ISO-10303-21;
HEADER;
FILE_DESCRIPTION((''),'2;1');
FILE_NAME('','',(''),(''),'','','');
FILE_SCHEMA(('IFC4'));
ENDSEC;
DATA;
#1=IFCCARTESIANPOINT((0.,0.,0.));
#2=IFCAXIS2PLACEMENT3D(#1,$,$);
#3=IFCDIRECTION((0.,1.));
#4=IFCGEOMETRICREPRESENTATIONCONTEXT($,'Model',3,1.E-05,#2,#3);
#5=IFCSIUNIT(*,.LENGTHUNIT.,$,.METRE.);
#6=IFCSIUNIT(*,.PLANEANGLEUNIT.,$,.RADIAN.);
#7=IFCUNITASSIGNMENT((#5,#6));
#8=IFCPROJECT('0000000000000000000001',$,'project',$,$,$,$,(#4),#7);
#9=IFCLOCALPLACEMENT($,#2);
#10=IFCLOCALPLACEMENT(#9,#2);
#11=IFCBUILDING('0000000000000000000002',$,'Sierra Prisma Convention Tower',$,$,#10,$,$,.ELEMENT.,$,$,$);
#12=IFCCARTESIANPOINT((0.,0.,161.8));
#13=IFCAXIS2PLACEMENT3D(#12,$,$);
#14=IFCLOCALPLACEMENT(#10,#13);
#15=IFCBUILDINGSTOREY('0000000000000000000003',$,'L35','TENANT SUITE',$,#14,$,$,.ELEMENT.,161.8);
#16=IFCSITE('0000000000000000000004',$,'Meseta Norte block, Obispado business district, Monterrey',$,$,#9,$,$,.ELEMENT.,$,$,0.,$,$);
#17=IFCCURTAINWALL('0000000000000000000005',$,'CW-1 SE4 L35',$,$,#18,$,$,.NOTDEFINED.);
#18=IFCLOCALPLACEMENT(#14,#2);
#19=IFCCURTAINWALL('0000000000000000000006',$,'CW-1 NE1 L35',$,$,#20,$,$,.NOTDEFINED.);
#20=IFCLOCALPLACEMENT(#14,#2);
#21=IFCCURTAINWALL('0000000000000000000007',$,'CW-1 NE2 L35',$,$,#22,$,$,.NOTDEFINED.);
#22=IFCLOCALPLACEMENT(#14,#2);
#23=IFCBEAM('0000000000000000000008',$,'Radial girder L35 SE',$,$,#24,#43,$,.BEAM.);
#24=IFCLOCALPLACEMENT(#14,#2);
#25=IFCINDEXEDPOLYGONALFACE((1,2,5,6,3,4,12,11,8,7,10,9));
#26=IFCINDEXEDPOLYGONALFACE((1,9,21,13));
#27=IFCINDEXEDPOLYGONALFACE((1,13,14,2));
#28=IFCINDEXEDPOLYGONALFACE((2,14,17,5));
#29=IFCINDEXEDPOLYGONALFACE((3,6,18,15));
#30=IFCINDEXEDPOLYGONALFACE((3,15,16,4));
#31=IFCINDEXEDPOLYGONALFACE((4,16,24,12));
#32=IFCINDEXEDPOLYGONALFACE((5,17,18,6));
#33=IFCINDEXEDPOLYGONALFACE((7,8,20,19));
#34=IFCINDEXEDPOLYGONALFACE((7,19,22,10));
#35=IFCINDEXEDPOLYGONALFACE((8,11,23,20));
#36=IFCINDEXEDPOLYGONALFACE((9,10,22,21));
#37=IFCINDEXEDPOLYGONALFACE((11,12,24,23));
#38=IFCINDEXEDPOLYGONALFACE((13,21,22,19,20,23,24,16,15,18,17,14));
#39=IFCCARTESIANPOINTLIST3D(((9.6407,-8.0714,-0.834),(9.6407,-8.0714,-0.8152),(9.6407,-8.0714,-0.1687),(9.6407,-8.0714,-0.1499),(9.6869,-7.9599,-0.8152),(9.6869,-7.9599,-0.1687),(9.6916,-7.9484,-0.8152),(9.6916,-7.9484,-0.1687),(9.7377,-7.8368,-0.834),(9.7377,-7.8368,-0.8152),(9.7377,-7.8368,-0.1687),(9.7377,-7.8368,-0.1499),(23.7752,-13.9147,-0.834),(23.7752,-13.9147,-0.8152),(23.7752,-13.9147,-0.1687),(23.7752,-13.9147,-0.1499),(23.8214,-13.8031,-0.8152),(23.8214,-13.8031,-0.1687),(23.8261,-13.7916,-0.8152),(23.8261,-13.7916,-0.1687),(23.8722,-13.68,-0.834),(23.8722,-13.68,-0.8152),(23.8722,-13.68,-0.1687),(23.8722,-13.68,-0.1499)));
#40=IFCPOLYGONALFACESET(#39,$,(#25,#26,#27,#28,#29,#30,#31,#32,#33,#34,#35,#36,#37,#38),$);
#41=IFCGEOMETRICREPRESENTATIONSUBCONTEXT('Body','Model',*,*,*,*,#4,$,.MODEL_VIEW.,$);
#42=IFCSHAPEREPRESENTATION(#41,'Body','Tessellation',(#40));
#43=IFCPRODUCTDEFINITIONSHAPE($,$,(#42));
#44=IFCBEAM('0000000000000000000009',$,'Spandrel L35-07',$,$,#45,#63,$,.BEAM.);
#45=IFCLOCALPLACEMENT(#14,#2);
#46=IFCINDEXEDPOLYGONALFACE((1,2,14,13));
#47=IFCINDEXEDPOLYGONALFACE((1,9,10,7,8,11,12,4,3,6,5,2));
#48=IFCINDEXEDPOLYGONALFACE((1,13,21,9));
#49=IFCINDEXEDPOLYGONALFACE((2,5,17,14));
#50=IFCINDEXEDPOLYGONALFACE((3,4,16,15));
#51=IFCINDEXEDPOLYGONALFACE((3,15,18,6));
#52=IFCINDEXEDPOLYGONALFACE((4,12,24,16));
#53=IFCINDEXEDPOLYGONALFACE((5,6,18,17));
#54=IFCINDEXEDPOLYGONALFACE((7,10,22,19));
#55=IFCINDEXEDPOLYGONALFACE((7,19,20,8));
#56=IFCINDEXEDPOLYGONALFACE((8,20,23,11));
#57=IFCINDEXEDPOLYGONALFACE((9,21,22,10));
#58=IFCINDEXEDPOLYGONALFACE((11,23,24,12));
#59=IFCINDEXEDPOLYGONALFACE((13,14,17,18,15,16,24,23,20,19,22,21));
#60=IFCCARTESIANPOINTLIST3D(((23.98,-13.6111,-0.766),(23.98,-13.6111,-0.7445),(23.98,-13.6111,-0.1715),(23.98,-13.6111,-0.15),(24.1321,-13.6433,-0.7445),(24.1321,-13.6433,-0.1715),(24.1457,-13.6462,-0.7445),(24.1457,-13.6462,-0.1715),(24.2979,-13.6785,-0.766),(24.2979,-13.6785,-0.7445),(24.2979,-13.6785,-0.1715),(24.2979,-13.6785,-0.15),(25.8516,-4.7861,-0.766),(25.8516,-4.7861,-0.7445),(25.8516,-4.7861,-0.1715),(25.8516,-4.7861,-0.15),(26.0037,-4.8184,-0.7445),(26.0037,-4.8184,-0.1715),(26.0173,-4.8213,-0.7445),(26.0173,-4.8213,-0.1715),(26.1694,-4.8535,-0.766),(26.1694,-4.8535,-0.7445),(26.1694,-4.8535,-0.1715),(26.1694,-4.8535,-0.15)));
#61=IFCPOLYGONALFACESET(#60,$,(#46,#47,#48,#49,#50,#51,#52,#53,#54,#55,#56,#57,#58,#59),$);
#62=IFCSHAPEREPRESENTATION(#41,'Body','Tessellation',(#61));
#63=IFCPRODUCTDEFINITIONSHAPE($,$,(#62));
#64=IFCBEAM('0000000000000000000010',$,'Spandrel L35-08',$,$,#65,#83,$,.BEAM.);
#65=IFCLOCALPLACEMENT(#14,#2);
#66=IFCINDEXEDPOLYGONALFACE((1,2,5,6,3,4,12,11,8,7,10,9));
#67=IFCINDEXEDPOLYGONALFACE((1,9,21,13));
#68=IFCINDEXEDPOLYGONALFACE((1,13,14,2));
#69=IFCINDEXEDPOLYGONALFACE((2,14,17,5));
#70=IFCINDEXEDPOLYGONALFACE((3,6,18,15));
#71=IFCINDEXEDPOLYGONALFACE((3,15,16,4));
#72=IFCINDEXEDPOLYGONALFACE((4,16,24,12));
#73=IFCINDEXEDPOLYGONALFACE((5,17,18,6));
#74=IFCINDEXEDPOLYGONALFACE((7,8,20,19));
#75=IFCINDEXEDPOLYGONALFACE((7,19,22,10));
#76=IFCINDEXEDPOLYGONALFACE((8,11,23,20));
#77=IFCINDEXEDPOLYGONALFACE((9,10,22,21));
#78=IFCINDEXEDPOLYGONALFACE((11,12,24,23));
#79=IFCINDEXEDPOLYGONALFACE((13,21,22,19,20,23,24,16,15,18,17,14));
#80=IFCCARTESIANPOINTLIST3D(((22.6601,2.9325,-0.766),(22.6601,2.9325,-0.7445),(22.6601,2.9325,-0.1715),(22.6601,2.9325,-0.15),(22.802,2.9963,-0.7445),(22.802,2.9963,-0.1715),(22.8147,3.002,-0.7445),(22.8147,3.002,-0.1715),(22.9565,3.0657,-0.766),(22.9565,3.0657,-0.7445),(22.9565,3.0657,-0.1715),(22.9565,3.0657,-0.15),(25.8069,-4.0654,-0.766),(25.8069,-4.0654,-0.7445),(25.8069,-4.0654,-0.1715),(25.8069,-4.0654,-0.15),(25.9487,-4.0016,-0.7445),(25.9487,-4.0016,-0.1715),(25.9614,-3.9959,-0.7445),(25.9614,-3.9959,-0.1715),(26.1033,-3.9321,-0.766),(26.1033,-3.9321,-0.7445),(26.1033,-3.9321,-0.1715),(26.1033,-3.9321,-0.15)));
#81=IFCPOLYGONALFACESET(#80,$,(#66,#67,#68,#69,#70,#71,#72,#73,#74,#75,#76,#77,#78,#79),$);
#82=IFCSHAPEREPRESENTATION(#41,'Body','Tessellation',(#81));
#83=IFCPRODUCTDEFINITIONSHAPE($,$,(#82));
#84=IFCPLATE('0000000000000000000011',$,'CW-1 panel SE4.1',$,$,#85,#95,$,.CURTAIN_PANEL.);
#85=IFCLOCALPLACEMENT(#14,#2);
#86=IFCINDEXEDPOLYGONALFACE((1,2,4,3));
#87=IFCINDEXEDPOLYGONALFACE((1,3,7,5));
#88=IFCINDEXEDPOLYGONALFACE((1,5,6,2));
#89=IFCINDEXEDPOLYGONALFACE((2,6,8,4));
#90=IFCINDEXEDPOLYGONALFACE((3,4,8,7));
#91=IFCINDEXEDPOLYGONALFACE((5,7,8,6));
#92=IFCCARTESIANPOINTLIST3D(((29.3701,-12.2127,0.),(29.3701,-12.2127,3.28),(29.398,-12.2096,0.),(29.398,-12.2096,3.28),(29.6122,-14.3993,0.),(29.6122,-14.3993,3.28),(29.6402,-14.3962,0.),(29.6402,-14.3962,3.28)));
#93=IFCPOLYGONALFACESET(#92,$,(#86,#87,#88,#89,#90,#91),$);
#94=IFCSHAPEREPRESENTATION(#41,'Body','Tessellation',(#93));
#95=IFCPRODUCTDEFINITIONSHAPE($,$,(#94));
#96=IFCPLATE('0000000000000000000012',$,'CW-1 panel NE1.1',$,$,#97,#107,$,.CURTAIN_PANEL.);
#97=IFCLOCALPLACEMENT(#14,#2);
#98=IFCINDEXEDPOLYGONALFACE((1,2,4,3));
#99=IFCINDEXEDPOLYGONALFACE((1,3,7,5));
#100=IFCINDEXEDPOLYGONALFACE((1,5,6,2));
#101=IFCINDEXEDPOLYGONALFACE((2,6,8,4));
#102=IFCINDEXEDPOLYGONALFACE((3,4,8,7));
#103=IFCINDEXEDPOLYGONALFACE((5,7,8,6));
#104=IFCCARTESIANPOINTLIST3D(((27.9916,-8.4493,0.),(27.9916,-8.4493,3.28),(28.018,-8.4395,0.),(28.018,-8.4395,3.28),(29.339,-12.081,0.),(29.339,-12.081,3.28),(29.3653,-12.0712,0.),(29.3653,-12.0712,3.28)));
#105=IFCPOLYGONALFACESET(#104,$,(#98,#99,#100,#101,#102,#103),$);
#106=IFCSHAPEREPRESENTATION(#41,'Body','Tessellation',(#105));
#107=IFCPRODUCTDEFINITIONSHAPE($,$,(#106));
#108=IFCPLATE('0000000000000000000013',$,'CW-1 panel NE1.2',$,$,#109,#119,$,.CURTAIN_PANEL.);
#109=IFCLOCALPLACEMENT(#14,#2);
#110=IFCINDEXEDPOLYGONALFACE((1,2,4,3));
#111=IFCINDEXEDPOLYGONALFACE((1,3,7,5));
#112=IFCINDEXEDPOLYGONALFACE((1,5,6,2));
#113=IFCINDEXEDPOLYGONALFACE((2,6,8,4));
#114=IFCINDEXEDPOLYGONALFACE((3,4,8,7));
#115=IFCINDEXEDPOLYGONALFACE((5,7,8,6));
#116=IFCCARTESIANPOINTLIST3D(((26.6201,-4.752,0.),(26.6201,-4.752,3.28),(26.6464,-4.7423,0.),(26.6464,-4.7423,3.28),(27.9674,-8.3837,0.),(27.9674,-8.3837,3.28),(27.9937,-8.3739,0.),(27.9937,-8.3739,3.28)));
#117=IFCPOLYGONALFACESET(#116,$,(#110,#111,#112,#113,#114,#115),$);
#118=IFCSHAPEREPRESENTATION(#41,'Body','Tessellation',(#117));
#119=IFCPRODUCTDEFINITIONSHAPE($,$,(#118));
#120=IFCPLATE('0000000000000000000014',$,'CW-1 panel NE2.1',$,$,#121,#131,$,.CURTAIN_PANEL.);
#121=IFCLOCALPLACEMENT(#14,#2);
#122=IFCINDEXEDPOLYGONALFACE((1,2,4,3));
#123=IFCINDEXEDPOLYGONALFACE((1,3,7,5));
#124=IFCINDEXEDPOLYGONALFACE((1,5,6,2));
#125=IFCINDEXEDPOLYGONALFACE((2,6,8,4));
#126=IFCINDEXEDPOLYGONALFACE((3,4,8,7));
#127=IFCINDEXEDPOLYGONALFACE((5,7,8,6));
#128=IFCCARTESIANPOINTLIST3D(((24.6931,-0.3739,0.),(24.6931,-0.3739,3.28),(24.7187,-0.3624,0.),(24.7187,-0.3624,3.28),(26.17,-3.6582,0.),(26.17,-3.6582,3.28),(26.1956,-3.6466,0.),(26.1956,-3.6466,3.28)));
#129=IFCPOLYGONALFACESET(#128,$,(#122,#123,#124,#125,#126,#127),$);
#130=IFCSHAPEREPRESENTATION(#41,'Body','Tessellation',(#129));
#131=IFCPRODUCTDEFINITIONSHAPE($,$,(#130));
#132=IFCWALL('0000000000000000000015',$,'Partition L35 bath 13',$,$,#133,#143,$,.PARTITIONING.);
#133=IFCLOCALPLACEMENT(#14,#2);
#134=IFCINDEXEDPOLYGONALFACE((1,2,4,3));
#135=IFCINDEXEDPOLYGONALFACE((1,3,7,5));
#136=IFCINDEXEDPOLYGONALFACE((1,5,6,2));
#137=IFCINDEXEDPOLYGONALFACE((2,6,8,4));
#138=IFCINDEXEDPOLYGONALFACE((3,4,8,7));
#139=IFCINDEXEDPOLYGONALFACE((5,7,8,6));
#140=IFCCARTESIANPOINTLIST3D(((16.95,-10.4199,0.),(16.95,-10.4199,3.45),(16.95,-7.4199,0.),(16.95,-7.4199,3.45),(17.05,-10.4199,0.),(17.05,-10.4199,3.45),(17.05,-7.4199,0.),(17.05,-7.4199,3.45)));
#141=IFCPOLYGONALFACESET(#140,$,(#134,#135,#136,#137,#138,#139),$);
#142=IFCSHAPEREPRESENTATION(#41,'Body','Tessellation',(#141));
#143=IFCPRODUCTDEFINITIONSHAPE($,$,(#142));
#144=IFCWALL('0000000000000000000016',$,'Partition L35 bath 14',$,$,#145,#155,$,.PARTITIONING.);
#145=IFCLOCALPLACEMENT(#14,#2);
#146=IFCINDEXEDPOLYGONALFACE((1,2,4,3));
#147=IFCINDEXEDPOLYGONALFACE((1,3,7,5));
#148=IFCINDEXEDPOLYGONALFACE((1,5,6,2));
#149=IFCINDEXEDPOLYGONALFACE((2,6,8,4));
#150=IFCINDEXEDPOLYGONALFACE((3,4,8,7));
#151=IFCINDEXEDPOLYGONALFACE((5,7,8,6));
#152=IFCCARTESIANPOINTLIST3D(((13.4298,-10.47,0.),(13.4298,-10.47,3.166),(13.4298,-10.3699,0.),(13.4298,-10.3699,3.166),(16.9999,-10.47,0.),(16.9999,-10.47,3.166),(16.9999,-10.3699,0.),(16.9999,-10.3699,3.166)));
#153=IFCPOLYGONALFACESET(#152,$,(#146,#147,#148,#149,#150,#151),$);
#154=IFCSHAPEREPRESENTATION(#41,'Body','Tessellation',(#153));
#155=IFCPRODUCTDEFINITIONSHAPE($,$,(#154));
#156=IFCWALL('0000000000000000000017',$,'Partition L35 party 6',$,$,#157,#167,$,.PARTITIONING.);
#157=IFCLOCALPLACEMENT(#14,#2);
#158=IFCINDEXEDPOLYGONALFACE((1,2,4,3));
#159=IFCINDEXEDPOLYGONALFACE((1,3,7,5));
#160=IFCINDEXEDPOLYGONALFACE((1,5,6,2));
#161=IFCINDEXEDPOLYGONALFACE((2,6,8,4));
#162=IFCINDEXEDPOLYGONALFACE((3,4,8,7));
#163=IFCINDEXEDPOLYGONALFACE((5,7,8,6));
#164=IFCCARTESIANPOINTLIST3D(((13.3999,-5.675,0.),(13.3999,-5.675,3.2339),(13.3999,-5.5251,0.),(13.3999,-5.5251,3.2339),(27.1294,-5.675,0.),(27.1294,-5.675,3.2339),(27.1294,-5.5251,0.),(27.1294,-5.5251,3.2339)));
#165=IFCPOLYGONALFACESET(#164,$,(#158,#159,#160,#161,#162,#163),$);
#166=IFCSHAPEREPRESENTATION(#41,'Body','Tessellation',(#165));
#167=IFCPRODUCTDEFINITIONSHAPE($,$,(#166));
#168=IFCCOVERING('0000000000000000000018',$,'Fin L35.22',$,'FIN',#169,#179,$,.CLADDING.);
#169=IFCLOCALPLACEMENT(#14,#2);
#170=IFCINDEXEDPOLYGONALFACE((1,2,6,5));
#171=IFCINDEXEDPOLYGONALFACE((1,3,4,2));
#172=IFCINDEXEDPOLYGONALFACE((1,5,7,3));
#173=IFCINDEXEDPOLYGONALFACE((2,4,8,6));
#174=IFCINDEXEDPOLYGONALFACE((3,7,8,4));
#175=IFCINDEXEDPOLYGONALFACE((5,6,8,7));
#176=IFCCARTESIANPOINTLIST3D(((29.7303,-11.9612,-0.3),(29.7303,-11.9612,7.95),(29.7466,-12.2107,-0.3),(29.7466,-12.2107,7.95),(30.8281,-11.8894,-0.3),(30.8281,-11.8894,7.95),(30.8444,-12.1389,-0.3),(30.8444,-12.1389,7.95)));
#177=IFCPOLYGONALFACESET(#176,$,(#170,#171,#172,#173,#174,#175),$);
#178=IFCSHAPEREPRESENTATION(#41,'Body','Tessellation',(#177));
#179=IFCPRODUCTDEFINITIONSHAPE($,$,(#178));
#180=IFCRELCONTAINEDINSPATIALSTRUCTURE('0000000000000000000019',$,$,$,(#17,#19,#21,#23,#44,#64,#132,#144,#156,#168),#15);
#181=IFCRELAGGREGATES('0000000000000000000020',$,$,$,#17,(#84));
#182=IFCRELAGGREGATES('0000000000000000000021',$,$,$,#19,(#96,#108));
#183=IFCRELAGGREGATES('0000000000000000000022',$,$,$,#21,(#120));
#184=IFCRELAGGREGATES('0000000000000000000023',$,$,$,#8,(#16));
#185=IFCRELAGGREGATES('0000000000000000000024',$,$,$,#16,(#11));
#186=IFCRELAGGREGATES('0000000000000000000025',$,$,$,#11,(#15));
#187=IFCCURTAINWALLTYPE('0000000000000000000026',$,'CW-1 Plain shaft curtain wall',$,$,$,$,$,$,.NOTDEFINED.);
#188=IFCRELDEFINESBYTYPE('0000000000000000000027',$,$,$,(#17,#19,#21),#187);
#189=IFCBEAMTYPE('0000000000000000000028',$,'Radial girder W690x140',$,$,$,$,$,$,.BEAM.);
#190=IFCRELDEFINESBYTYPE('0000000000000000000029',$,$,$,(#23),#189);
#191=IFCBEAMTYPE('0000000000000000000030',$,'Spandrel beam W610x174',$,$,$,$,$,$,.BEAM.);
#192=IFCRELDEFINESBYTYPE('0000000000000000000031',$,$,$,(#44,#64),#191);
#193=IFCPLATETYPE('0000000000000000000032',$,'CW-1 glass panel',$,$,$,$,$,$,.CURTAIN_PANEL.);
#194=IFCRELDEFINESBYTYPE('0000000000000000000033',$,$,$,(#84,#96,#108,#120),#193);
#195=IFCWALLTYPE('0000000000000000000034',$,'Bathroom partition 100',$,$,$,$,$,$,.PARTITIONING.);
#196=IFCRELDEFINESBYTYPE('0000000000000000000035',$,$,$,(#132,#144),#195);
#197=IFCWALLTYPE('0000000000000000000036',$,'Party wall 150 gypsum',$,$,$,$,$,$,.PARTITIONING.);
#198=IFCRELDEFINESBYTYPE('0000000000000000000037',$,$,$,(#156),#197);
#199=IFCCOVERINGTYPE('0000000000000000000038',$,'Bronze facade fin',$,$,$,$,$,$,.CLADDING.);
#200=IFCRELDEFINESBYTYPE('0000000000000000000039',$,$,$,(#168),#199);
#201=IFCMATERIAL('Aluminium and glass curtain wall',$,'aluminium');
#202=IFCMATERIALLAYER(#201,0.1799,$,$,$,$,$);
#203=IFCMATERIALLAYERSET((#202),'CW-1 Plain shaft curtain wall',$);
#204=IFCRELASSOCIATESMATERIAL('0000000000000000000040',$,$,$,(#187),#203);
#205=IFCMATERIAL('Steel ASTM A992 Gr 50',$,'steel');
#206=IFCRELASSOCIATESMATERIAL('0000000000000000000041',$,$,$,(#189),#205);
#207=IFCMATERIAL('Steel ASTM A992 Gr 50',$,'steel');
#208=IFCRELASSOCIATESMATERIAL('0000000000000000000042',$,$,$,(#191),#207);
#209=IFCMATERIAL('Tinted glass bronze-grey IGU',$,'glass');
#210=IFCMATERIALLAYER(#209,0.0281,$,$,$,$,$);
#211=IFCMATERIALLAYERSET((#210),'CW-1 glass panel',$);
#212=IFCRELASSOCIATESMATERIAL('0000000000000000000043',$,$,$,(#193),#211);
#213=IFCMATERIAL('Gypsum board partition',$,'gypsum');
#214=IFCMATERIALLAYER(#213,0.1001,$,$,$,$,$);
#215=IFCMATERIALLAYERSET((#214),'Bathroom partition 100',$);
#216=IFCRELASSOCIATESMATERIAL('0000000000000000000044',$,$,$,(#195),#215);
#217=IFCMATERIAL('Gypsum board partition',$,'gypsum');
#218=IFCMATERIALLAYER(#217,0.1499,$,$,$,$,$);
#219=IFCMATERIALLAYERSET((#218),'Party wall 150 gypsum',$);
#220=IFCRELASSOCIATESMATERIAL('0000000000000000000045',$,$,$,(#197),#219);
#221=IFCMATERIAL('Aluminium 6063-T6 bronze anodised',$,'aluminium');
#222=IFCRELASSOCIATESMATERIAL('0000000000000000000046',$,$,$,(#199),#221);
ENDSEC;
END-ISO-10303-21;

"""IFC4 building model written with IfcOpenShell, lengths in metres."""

from ifc_helpers import new_model, si_unit, direction, frame, frame_2d, origin, origin_2d, place, context, subcontext, project, spatial, rectangle, i_section, extrude, material, layer, layer_set, material_profile, profile_set, type_object, element, aggregate, save


model = new_model("IFC4")

# Units and contexts
model_context = context("Model", 3, precision=1e-05, world=origin(), true_north=direction((0.0, 1.0)))
body_context = subcontext(model_context, "Body", "Model", "MODEL_VIEW")
ifc_project = project(units=[si_unit("LENGTHUNIT", "METRE"), si_unit("PLANEANGLEUNIT", "RADIAN")], contexts=[model_context])

# Site, building, storey
site_placement = place(None, origin())
site = spatial("IfcSite", under=ifc_project, at=site_placement, Name="Meseta Norte block, Obispado business district, Monterrey", CompositionType="ELEMENT", RefElevation=0.0)
building_placement = place(site_placement, origin())
building = spatial("IfcBuilding", under=site, at=building_placement, Name="Sierra Prisma Convention Tower", CompositionType="ELEMENT")
storey_placement = place(building_placement, frame((0.0, 0.0, 161.8)))
storey = spatial("IfcBuildingStorey", under=building, at=storey_placement, Name="L35", Description="TENANT SUITE", CompositionType="ELEMENT", Elevation=161.8)

# Curtain wall
ifc_material_1 = material(Name="Aluminium and glass curtain wall", Category="aluminium")
ifc_layer_1 = layer(ifc_material_1, 0.1799)
ifc_layer_set_1 = layer_set([ifc_layer_1], Name="CW-1 Plain shaft curtain wall")
curtain_wall_type = type_object("IfcCurtainWallType", Name="CW-1 Plain shaft curtain wall", PredefinedType="NOTDEFINED", material=ifc_layer_set_1)
curtain_wall_1_placement = place(storey_placement, origin())
curtain_wall_1 = element("IfcCurtainWall", 1, at=curtain_wall_1_placement, inside=storey, type_object=curtain_wall_type, Name="CW-1 SE4 L35", PredefinedType="NOTDEFINED")

# Curtain wall
curtain_wall_2_placement = place(storey_placement, origin())
curtain_wall_2 = element("IfcCurtainWall", 2, at=curtain_wall_2_placement, inside=storey, type_object=curtain_wall_type, Name="CW-1 NE1 L35", PredefinedType="NOTDEFINED")

# Curtain wall
curtain_wall_3_placement = place(storey_placement, origin())
curtain_wall_3 = element("IfcCurtainWall", 3, at=curtain_wall_3_placement, inside=storey, type_object=curtain_wall_type, Name="CW-1 NE2 L35", PredefinedType="NOTDEFINED")

# Beams
ifc_material_2 = material(Name="Steel ASTM A992 Gr 50", Category="steel")
ifc_material_profile_1 = material_profile(ifc_material_2, i_section(OverallWidth=0.2539, OverallDepth=0.6841, WebThickness=0.0125, FlangeThickness=0.0188, at=origin_2d()), Name="W690x140")
ifc_profile_set_1 = profile_set([ifc_material_profile_1], Name="Steel ASTM A992 Gr 50")
beam_type_1 = type_object("IfcBeamType", Name="Radial girder W690x140", PredefinedType="BEAM", material=ifc_profile_set_1)
beam_1_placement = place(storey_placement, frame((23.8237, -13.7974, -0.4919), z_axis=(-0.924144, 0.382044, 0.0), x_axis=(-0.382044, -0.924144, 0.0)))
element("IfcBeam", 4, at=beam_1_placement, inside=storey, type_object=beam_type_1, Name="Radial girder L35 SE", PredefinedType="BEAM", context=body_context, shape_type="SweptSolid", body=[
    extrude(i_section(OverallWidth=0.2539, OverallDepth=0.6841, WebThickness=0.0125, FlangeThickness=0.0188, at=origin_2d()), origin(), (0.0, 0.0, 1.0), 15.2947),
])
ifc_material_3 = material(Name="Steel ASTM A992 Gr 50", Category="steel")
ifc_material_profile_2 = material_profile(ifc_material_3, i_section(OverallWidth=0.325, OverallDepth=0.616, WebThickness=0.0139, FlangeThickness=0.0215, at=origin_2d()), Name="W610x174")
ifc_profile_set_2 = profile_set([ifc_material_profile_2], Name="Steel ASTM A992 Gr 50")
beam_type_2 = type_object("IfcBeamType", Name="Spandrel beam W610x174", PredefinedType="BEAM", material=ifc_profile_set_2)
beam_2_placement = place(storey_placement, frame((24.1389, -13.6448, -0.458), z_axis=(0.207464, 0.978243, 0.0), x_axis=(-0.978243, 0.207464, 0.0)))
element("IfcBeam", 5, at=beam_2_placement, inside=storey, type_object=beam_type_2, Name="Spandrel L35-07", PredefinedType="BEAM", context=body_context, shape_type="SweptSolid", body=[
    extrude(i_section(OverallWidth=0.325, OverallDepth=0.616, WebThickness=0.0139, FlangeThickness=0.0215, at=origin_2d()), origin(), (0.0, 0.0, 1.0), 9.0212),
])
beam_3_placement = place(storey_placement, frame((25.9551, -3.9988, -0.458), z_axis=(-0.410117, 0.912033, 0.0), x_axis=(-0.912033, -0.410117, 0.0)))
element("IfcBeam", 6, at=beam_3_placement, inside=storey, type_object=beam_type_2, Name="Spandrel L35-08", PredefinedType="BEAM", context=body_context, shape_type="SweptSolid", body=[
    extrude(i_section(OverallWidth=0.325, OverallDepth=0.616, WebThickness=0.0139, FlangeThickness=0.0215, at=origin_2d()), origin(), (0.0, 0.0, 1.0), 7.6729),
])

# Plates
ifc_material_4 = material(Name="Tinted glass bronze-grey IGU", Category="glass")
ifc_layer_2 = layer(ifc_material_4, 0.0281)
ifc_layer_set_2 = layer_set([ifc_layer_2], Name="CW-1 glass panel")
plate_type = type_object("IfcPlateType", Name="CW-1 glass panel", PredefinedType="CURTAIN_PANEL", material=ifc_layer_set_2)
plate_1_placement = place(storey_placement, frame((29.5051, -13.3044, 0.0), z_axis=(0.0, 0.0, 1.0), x_axis=(-0.110068, 0.993924, 0.0)))
plate_1 = element("IfcPlate", 7, at=plate_1_placement, type_object=plate_type, Name="CW-1 panel SE4.1", PredefinedType="CURTAIN_PANEL", context=body_context, shape_type="SweptSolid", body=[
    extrude(rectangle(XDim=2.2, YDim=0.0281, at=origin_2d()), origin(), (0.0, 0.0, 1.0), 3.28),
])
aggregate(curtain_wall_1, [plate_1])
plate_2_placement = place(storey_placement, frame((28.6785, -10.2603, 0.0), z_axis=(0.0, 0.0, 1.0), x_axis=(-0.347831, 0.937557, 0.0)))
plate_2 = element("IfcPlate", 8, at=plate_2_placement, type_object=plate_type, Name="CW-1 panel NE1.1", PredefinedType="CURTAIN_PANEL", context=body_context, shape_type="SweptSolid", body=[
    extrude(rectangle(XDim=3.8735, YDim=0.0281, at=origin_2d()), origin(), (0.0, 0.0, 1.0), 3.28),
])
plate_3_placement = place(storey_placement, frame((27.3069, -6.563, 0.0), z_axis=(0.0, 0.0, 1.0), x_axis=(-0.347831, 0.937557, 0.0)))
plate_3 = element("IfcPlate", 9, at=plate_3_placement, type_object=plate_type, Name="CW-1 panel NE1.2", PredefinedType="CURTAIN_PANEL", context=body_context, shape_type="SweptSolid", body=[
    extrude(rectangle(XDim=3.8735, YDim=0.0281, at=origin_2d()), origin(), (0.0, 0.0, 1.0), 3.28),
])
aggregate(curtain_wall_2, [plate_2, plate_3])
plate_4_placement = place(storey_placement, frame((25.4443, -2.0103, 0.0), z_axis=(0.0, 0.0, 1.0), x_axis=(-0.410127, 0.912028, 0.0)))
plate_4 = element("IfcPlate", 10, at=plate_4_placement, type_object=plate_type, Name="CW-1 panel NE2.1", PredefinedType="CURTAIN_PANEL", context=body_context, shape_type="SweptSolid", body=[
    extrude(rectangle(XDim=3.6011, YDim=0.0281, at=origin_2d()), origin(), (0.0, 0.0, 1.0), 3.28),
])
aggregate(curtain_wall_3, [plate_4])

# Walls
ifc_material_5 = material(Name="Gypsum board partition", Category="gypsum")
ifc_layer_3 = layer(ifc_material_5, 0.1001)
ifc_layer_set_3 = layer_set([ifc_layer_3], Name="Bathroom partition 100")
wall_type_1 = type_object("IfcWallType", Name="Bathroom partition 100", PredefinedType="PARTITIONING", material=ifc_layer_set_3)
wall_1_placement = place(storey_placement, frame((17.0, -7.4199, 0.0), z_axis=(0.0, 0.0, 1.0), x_axis=(0.0, -1.0, 0.0)))
element("IfcWall", 11, at=wall_1_placement, inside=storey, type_object=wall_type_1, Name="Partition L35 bath 13", PredefinedType="PARTITIONING", context=body_context, shape_type="SweptSolid", body=[
    extrude(rectangle(XDim=3.0, YDim=0.1001, at=frame_2d((1.5, 0.0))), origin(), (0.0, 0.0, 1.0), 3.45),
])
wall_2_placement = place(storey_placement, frame((17.0, -10.4199, 0.0), z_axis=(0.0, 0.0, 1.0), x_axis=(-1.0, 0.0, 0.0)))
element("IfcWall", 12, at=wall_2_placement, inside=storey, type_object=wall_type_1, Name="Partition L35 bath 14", PredefinedType="PARTITIONING", context=body_context, shape_type="SweptSolid", body=[
    extrude(rectangle(XDim=3.5701, YDim=0.1001, at=frame_2d((1.7852, 0.0))), origin(), (0.0, 0.0, 1.0), 3.166),
])
ifc_material_6 = material(Name="Gypsum board partition", Category="gypsum")
ifc_layer_4 = layer(ifc_material_6, 0.1499)
ifc_layer_set_4 = layer_set([ifc_layer_4], Name="Party wall 150 gypsum")
wall_type_2 = type_object("IfcWallType", Name="Party wall 150 gypsum", PredefinedType="PARTITIONING", material=ifc_layer_set_4)
wall_3_placement = place(storey_placement, frame((27.1294, -5.6001, 0.0), z_axis=(0.0, 0.0, 1.0), x_axis=(-1.0, 0.0, 0.0)))
element("IfcWall", 13, at=wall_3_placement, inside=storey, type_object=wall_type_2, Name="Partition L35 party 6", PredefinedType="PARTITIONING", context=body_context, shape_type="SweptSolid", body=[
    extrude(rectangle(XDim=13.7295, YDim=0.1499, at=frame_2d((6.8647, 0.0))), origin(), (0.0, 0.0, 1.0), 3.2339),
])

# Covering
ifc_material_7 = material(Name="Aluminium 6063-T6 bronze anodised", Category="aluminium")
ifc_material_profile_3 = material_profile(ifc_material_7, rectangle(XDim=1.1001, YDim=0.25, at=origin_2d()), Name="ALU FIN 1100x250")
ifc_profile_set_3 = profile_set([ifc_material_profile_3], Name="Aluminium 6063-T6 bronze anodised")
covering_type = type_object("IfcCoveringType", Name="Bronze facade fin", PredefinedType="CLADDING", material=ifc_profile_set_3)
covering_placement = place(storey_placement, frame((30.2874, -12.05, -0.3), z_axis=(0.0, 0.0, 1.0), x_axis=(0.99787, 0.065238, 0.0)))
element("IfcCovering", 14, at=covering_placement, inside=storey, type_object=covering_type, Name="Fin L35.22", ObjectType="FIN", PredefinedType="CLADDING", context=body_context, shape_type="SweptSolid", body=[
    extrude(rectangle(XDim=1.1001, YDim=0.25, at=origin_2d()), origin(), (0.0, 0.0, 1.0), 8.25),
])

save(model, "model.ifc")
